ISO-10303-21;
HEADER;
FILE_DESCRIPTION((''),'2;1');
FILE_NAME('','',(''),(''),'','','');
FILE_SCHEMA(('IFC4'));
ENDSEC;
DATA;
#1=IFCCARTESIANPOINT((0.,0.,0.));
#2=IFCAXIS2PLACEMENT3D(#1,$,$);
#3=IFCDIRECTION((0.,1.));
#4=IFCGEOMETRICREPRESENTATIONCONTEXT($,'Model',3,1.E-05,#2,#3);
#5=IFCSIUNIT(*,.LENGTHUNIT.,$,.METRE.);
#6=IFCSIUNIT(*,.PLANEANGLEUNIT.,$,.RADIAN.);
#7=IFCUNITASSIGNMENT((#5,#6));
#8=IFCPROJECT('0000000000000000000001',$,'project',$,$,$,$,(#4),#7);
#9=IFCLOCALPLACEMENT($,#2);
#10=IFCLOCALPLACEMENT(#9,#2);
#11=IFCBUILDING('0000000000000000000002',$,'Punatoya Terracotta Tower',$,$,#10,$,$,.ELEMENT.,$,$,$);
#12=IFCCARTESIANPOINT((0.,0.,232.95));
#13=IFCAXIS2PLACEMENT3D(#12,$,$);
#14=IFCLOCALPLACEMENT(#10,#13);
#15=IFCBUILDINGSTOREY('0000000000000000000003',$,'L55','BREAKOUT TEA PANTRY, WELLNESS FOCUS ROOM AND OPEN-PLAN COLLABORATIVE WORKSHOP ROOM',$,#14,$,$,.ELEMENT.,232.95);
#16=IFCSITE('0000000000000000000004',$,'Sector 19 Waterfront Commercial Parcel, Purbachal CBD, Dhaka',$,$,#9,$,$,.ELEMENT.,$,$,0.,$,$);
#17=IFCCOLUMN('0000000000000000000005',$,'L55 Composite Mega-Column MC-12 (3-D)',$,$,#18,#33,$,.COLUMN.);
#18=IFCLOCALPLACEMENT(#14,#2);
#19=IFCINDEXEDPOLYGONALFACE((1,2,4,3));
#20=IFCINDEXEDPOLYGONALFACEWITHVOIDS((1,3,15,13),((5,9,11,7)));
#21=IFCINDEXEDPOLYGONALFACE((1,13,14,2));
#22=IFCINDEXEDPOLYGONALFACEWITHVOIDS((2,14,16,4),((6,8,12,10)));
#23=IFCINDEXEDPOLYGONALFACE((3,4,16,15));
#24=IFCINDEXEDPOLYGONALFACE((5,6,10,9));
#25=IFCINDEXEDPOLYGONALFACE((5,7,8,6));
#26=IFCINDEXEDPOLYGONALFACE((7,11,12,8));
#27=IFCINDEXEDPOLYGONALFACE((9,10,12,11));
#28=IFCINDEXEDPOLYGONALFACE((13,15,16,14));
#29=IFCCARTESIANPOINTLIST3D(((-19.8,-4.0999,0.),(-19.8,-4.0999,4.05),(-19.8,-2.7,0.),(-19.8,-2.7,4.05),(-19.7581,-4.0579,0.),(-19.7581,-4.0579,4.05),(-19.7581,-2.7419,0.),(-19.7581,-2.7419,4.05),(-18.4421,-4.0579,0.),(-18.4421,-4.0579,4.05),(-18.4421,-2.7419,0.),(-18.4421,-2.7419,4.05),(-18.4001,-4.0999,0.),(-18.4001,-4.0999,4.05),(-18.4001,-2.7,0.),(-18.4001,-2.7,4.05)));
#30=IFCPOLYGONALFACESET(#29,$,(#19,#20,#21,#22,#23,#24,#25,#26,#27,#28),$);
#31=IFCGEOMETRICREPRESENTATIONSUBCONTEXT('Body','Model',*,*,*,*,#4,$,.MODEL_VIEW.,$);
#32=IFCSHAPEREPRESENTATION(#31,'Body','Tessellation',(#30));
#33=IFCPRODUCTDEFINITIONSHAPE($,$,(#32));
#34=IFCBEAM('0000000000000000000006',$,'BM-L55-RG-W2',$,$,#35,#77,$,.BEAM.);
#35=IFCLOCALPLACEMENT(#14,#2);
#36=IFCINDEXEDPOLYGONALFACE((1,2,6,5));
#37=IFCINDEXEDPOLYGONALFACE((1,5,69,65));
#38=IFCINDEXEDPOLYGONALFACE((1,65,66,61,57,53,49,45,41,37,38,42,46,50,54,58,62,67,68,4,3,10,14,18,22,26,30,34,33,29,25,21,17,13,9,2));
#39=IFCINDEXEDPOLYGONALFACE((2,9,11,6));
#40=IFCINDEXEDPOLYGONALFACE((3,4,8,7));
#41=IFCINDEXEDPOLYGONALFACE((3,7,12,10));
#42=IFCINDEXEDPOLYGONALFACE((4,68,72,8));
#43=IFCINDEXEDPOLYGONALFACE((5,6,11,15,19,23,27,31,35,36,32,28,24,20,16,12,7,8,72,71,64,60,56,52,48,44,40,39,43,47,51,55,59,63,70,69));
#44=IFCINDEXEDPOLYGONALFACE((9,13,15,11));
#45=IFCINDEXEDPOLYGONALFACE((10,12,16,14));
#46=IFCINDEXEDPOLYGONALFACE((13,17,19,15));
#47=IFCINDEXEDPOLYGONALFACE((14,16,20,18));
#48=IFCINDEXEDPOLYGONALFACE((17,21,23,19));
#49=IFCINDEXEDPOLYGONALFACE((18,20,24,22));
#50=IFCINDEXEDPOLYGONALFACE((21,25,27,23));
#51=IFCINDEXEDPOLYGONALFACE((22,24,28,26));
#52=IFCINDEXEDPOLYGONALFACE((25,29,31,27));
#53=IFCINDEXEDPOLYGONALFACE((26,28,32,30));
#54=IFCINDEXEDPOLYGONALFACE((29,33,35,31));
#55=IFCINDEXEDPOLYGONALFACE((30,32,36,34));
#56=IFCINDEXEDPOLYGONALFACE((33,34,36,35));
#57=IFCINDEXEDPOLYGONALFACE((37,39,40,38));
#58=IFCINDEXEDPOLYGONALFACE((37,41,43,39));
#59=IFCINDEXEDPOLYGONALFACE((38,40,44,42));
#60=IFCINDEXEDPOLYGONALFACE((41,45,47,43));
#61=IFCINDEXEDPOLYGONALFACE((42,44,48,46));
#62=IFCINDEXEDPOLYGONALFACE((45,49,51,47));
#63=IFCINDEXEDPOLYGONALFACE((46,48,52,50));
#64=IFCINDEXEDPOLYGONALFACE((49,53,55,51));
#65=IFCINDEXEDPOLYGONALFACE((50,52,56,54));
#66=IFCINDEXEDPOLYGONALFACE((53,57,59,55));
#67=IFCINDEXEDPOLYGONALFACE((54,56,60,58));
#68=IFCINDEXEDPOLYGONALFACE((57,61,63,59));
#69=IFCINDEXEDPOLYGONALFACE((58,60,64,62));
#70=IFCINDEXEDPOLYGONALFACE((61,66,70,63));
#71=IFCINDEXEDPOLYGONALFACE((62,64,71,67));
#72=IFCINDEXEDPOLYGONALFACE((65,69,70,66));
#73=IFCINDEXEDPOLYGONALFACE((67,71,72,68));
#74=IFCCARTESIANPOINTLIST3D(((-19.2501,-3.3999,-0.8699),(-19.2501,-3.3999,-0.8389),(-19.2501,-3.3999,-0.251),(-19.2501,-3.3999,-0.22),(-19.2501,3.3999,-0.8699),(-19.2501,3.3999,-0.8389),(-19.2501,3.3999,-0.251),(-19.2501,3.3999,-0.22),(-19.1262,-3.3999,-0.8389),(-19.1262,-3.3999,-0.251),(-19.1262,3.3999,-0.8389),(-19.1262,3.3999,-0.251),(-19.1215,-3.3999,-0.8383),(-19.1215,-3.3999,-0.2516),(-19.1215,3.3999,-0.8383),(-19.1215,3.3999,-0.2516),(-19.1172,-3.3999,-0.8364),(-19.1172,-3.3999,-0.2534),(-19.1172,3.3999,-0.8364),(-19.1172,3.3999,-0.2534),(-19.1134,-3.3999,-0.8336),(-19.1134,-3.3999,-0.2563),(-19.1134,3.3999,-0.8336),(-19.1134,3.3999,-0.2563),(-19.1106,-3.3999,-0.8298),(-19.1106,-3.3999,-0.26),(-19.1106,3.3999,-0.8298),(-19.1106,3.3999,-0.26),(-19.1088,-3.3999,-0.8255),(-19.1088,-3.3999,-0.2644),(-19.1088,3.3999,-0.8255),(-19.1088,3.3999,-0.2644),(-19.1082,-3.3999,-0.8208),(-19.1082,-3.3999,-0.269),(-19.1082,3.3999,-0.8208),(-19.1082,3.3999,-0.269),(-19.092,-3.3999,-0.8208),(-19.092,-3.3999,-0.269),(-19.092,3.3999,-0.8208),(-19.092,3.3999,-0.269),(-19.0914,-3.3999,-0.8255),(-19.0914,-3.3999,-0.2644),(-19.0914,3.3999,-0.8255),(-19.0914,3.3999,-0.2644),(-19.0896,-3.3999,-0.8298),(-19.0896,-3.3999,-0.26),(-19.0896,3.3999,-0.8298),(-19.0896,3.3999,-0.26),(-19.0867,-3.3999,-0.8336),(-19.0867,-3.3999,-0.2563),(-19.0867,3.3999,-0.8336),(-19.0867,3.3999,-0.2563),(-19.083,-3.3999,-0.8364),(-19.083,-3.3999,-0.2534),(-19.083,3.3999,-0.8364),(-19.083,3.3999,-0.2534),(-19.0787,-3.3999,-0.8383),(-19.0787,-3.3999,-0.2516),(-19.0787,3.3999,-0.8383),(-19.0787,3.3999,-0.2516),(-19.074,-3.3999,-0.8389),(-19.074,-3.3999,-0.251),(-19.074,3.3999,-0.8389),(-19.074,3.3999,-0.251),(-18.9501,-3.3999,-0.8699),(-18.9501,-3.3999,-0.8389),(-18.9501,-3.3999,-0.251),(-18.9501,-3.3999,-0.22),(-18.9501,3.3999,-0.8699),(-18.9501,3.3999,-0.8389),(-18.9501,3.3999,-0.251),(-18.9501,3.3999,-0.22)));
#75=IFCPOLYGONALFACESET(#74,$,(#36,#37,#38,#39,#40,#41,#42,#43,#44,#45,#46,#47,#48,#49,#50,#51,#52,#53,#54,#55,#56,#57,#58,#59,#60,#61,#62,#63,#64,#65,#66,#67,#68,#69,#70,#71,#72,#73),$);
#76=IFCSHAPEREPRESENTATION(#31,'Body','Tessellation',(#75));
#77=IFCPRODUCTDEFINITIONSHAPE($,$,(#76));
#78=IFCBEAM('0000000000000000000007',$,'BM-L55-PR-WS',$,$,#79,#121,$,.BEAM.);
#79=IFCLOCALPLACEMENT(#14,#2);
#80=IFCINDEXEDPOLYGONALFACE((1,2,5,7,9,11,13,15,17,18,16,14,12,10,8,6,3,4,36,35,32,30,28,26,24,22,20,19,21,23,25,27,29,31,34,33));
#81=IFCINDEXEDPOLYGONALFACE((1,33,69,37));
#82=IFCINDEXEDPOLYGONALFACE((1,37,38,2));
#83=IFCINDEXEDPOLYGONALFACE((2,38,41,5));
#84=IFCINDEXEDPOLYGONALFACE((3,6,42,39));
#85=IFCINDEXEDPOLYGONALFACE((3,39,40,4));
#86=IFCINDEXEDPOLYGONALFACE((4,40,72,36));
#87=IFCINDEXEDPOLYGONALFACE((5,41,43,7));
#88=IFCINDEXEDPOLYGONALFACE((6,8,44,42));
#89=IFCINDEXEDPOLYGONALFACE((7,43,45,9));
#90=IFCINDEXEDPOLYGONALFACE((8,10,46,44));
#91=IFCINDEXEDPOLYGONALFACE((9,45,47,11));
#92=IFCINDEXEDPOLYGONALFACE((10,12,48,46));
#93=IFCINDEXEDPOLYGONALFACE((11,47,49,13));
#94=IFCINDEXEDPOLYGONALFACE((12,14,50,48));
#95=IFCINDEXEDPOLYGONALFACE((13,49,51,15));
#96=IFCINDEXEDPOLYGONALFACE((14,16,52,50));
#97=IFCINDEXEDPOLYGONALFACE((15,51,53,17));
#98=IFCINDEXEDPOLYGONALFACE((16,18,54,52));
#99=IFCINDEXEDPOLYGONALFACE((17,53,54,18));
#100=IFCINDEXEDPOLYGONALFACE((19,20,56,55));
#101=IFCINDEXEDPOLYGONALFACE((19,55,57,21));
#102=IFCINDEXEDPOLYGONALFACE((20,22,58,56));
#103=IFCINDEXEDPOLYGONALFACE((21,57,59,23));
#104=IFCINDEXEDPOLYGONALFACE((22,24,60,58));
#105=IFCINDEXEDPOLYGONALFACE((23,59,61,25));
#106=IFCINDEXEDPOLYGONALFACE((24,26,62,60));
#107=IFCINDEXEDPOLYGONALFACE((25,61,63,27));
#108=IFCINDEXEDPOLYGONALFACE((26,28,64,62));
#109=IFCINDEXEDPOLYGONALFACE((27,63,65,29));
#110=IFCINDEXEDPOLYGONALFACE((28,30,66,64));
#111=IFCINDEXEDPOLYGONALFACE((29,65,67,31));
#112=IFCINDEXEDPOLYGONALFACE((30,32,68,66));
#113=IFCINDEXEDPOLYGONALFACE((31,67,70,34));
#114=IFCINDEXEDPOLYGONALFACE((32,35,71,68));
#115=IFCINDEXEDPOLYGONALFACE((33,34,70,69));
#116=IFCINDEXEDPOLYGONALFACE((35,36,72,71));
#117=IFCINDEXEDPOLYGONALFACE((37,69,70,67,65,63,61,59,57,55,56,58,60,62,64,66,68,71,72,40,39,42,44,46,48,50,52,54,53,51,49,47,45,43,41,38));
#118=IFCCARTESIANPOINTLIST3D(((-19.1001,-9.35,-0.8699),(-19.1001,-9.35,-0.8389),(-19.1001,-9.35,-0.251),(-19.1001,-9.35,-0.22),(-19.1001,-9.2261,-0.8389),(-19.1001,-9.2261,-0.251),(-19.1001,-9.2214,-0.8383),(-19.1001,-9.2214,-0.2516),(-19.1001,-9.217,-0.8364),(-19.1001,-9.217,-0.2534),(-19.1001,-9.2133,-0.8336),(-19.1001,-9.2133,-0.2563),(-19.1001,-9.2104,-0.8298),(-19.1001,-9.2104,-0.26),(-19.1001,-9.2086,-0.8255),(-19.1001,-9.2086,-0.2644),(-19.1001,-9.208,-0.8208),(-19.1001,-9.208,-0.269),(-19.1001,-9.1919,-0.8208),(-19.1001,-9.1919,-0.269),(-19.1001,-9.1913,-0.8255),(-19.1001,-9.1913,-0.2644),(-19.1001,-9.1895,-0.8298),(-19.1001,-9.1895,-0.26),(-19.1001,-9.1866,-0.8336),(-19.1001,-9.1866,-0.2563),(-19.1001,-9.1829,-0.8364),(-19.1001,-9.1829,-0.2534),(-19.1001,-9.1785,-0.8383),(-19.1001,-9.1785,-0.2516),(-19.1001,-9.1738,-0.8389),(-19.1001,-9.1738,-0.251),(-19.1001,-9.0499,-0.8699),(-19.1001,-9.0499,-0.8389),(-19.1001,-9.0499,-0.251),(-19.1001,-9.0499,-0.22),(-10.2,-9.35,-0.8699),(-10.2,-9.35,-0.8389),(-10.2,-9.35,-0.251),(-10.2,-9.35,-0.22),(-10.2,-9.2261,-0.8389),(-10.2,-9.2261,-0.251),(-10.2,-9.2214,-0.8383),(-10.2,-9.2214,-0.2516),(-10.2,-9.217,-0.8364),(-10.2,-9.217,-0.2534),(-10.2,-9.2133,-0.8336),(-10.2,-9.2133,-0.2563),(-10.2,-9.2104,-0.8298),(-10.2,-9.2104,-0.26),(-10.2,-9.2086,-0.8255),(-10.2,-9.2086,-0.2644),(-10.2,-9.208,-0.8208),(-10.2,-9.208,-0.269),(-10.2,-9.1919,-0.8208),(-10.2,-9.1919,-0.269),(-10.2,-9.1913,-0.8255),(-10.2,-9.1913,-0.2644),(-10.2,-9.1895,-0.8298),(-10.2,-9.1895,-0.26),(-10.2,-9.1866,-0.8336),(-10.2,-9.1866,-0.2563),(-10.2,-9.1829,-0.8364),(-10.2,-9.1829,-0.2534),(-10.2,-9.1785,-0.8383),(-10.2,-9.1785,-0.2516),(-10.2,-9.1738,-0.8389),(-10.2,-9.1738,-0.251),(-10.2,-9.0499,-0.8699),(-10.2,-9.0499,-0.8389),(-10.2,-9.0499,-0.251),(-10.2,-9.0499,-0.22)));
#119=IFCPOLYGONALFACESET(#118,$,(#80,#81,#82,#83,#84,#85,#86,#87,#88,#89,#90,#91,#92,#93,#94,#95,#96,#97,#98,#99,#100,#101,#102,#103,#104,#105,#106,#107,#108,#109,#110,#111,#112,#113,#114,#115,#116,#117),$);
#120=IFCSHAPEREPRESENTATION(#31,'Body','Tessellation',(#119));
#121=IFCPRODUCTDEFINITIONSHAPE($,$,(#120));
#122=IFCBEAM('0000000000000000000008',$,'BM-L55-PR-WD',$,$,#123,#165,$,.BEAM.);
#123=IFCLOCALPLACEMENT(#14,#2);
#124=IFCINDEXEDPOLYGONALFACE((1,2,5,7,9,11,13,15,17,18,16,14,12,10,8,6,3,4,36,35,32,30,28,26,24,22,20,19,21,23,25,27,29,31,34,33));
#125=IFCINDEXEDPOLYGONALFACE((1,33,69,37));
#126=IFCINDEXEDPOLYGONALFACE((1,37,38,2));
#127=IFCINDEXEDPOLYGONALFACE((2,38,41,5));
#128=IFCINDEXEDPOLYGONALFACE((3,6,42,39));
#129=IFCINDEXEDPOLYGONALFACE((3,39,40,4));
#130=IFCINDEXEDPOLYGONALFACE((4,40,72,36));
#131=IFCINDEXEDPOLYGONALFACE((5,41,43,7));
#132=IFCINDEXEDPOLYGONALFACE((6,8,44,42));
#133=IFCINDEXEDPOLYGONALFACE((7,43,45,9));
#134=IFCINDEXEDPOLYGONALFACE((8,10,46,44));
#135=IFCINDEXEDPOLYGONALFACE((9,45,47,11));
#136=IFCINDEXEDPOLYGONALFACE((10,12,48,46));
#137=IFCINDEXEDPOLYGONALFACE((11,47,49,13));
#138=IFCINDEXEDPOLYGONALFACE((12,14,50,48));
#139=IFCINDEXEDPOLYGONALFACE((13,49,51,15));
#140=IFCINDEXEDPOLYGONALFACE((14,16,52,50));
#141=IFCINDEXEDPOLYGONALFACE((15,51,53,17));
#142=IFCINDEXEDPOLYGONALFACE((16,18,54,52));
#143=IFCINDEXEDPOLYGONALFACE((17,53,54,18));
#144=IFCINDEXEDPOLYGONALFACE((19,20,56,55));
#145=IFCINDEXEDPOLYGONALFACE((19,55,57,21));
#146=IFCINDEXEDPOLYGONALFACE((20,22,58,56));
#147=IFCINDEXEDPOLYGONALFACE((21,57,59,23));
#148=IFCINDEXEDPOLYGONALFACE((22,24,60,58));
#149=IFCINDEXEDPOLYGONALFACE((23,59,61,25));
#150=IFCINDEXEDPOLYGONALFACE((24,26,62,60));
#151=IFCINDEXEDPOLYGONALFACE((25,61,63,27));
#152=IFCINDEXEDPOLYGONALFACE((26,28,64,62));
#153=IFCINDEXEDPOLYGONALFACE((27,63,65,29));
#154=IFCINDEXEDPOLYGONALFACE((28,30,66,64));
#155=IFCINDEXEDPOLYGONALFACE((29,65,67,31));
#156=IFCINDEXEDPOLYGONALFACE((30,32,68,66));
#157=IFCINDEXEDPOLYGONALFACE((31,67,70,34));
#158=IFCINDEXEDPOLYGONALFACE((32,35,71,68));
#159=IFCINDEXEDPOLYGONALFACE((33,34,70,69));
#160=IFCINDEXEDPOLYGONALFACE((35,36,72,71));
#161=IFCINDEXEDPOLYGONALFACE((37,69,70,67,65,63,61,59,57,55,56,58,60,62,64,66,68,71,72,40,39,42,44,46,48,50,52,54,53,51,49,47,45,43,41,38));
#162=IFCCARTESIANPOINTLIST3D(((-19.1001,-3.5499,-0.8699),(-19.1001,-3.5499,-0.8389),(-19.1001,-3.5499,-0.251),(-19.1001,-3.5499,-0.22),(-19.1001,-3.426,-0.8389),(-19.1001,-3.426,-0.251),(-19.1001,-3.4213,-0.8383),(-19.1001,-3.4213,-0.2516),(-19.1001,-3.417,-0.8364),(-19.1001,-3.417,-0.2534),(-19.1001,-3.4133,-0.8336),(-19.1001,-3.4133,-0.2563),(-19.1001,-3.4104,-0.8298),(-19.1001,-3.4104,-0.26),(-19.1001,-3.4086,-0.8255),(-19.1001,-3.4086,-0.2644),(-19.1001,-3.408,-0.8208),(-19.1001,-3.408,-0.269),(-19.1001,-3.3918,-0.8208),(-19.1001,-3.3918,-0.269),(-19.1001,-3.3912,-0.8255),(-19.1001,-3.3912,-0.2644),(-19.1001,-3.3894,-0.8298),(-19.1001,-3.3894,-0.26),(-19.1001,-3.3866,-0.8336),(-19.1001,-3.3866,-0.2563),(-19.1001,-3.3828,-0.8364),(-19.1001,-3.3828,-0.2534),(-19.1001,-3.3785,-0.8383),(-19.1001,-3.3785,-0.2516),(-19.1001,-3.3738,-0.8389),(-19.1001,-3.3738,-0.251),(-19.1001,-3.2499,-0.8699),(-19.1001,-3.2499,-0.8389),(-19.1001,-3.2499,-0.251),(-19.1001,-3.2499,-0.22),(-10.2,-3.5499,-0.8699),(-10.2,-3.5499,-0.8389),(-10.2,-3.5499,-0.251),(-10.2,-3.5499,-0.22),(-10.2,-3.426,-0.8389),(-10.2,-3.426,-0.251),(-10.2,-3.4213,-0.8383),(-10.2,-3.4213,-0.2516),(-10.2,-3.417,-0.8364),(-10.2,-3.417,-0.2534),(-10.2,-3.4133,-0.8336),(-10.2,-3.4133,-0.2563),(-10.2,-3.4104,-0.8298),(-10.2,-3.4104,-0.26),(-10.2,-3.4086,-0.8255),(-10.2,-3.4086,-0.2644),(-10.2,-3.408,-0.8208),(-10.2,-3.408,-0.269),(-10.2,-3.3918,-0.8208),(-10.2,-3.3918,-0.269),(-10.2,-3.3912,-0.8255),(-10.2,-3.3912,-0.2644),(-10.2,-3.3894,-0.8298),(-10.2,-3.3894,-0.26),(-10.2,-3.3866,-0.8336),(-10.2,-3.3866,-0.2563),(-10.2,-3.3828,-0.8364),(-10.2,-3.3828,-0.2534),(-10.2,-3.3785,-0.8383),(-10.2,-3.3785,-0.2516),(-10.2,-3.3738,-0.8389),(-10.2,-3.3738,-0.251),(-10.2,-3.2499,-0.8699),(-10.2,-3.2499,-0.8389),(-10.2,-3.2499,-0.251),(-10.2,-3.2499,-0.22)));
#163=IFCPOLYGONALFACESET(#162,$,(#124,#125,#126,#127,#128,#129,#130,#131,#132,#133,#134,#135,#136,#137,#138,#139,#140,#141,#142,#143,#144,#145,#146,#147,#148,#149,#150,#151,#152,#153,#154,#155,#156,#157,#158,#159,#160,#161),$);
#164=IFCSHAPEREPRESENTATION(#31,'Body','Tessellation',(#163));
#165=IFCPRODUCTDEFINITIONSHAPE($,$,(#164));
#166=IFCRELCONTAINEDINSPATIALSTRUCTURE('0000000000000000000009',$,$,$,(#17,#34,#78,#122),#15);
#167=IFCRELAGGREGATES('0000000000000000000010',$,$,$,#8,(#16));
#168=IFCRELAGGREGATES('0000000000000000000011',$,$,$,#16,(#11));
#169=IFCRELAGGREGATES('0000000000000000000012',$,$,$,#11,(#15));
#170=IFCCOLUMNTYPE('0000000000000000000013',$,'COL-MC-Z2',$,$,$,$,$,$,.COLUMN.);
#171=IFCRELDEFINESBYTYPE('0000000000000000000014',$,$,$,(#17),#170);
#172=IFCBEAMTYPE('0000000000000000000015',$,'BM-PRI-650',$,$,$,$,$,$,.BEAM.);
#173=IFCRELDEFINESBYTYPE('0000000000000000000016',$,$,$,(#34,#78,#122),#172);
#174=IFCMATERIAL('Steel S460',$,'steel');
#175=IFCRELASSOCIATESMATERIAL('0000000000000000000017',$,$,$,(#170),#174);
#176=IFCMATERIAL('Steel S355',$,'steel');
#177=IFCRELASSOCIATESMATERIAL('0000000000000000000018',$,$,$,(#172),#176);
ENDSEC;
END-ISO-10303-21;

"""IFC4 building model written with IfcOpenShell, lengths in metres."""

from ifc_helpers import new_model, si_unit, direction, frame, origin, origin_2d, place, context, subcontext, project, spatial, hollow_rectangle, i_section, extrude, material, material_profile, profile_set, type_object, element, save


model = new_model("IFC4")

# Units and contexts
model_context = context("Model", 3, precision=1e-05, world=origin(), true_north=direction((0.0, 1.0)))
body_context = subcontext(model_context, "Body", "Model", "MODEL_VIEW")
ifc_project = project(units=[si_unit("LENGTHUNIT", "METRE"), si_unit("PLANEANGLEUNIT", "RADIAN")], contexts=[model_context])

# Site, building, storey
site_placement = place(None, origin())
site = spatial("IfcSite", under=ifc_project, at=site_placement, Name="Sector 19 Waterfront Commercial Parcel, Purbachal CBD, Dhaka", CompositionType="ELEMENT", RefElevation=0.0)
building_placement = place(site_placement, origin())
building = spatial("IfcBuilding", under=site, at=building_placement, Name="Punatoya Terracotta Tower", CompositionType="ELEMENT")
storey_placement = place(building_placement, frame((0.0, 0.0, 232.95)))
storey = spatial("IfcBuildingStorey", under=building, at=storey_placement, Name="L55", Description="BREAKOUT TEA PANTRY, WELLNESS FOCUS ROOM AND OPEN-PLAN COLLABORATIVE WORKSHOP ROOM", CompositionType="ELEMENT", Elevation=232.95)

# Column
ifc_material_1 = material(Name="Steel S460", Category="steel")
ifc_material_profile_1 = material_profile(ifc_material_1, hollow_rectangle(XDim=1.3999, YDim=1.3999, WallThickness=0.042, at=origin_2d()))
ifc_profile_set_1 = profile_set([ifc_material_profile_1], Name="Steel S460")
column_type = type_object("IfcColumnType", Name="COL-MC-Z2", PredefinedType="COLUMN", material=ifc_profile_set_1)
column_placement = place(storey_placement, frame((-19.1001, -3.3999, 0.0), z_axis=(0.0, 0.0, 1.0), x_axis=(1.0, 0.0, 0.0)))
element("IfcColumn", 1, at=column_placement, inside=storey, type_object=column_type, Name="L55 Composite Mega-Column MC-12 (3-D)", PredefinedType="COLUMN", context=body_context, shape_type="SweptSolid", body=[
    extrude(hollow_rectangle(XDim=1.3999, YDim=1.3999, WallThickness=0.042, at=origin_2d()), origin(), (0.0, 0.0, 1.0), 4.05),
])

# Beams
ifc_material_2 = material(Name="Steel S355", Category="steel")
ifc_material_profile_2 = material_profile(ifc_material_2, i_section(OverallWidth=0.3, OverallDepth=0.6499, WebThickness=0.0161, FlangeThickness=0.031, FilletRadius=0.0181, at=origin_2d()))
ifc_profile_set_2 = profile_set([ifc_material_profile_2], Name="Steel S355")
beam_type_1 = type_object("IfcBeamType", Name="BM-PRI-650", PredefinedType="BEAM", material=ifc_profile_set_2)
beam_1_placement = place(storey_placement, frame((-19.1001, -3.3999, -0.5449), z_axis=(0.0, 1.0, 0.0), x_axis=(-1.0, 0.0, 0.0)))
element("IfcBeam", 2, at=beam_1_placement, inside=storey, type_object=beam_type_1, Name="BM-L55-RG-W2", PredefinedType="BEAM", context=body_context, shape_type="SweptSolid", body=[
    extrude(i_section(OverallWidth=0.3, OverallDepth=0.6499, WebThickness=0.0161, FlangeThickness=0.031, FilletRadius=0.0181, at=origin_2d()), origin(), (0.0, 0.0, 1.0), 6.7998),
])
for number, where, z_axis, x_axis, name in (
    (3, (-19.1001, -9.2, -0.5449), (1.0, 0.0, 0.0), (0.0, 1.0, 0.0), "BM-L55-PR-WS"),
    (4, (-19.1001, -3.3999, -0.5449), (1.0, 0.0, 0.0), (0.0, 1.0, 0.0), "BM-L55-PR-WD"),
):
    element("IfcBeam", number, at=place(storey_placement, frame(where, z_axis=z_axis, x_axis=x_axis)), inside=storey, type_object=beam_type_1, Name=name, PredefinedType="BEAM", context=body_context, shape_type="SweptSolid", body=[
        extrude(i_section(OverallWidth=0.3, OverallDepth=0.6499, WebThickness=0.0161, FlangeThickness=0.031, FilletRadius=0.0181, at=origin_2d()), origin(), (0.0, 0.0, 1.0), 8.9001),
    ])

save(model, "model.ifc")
